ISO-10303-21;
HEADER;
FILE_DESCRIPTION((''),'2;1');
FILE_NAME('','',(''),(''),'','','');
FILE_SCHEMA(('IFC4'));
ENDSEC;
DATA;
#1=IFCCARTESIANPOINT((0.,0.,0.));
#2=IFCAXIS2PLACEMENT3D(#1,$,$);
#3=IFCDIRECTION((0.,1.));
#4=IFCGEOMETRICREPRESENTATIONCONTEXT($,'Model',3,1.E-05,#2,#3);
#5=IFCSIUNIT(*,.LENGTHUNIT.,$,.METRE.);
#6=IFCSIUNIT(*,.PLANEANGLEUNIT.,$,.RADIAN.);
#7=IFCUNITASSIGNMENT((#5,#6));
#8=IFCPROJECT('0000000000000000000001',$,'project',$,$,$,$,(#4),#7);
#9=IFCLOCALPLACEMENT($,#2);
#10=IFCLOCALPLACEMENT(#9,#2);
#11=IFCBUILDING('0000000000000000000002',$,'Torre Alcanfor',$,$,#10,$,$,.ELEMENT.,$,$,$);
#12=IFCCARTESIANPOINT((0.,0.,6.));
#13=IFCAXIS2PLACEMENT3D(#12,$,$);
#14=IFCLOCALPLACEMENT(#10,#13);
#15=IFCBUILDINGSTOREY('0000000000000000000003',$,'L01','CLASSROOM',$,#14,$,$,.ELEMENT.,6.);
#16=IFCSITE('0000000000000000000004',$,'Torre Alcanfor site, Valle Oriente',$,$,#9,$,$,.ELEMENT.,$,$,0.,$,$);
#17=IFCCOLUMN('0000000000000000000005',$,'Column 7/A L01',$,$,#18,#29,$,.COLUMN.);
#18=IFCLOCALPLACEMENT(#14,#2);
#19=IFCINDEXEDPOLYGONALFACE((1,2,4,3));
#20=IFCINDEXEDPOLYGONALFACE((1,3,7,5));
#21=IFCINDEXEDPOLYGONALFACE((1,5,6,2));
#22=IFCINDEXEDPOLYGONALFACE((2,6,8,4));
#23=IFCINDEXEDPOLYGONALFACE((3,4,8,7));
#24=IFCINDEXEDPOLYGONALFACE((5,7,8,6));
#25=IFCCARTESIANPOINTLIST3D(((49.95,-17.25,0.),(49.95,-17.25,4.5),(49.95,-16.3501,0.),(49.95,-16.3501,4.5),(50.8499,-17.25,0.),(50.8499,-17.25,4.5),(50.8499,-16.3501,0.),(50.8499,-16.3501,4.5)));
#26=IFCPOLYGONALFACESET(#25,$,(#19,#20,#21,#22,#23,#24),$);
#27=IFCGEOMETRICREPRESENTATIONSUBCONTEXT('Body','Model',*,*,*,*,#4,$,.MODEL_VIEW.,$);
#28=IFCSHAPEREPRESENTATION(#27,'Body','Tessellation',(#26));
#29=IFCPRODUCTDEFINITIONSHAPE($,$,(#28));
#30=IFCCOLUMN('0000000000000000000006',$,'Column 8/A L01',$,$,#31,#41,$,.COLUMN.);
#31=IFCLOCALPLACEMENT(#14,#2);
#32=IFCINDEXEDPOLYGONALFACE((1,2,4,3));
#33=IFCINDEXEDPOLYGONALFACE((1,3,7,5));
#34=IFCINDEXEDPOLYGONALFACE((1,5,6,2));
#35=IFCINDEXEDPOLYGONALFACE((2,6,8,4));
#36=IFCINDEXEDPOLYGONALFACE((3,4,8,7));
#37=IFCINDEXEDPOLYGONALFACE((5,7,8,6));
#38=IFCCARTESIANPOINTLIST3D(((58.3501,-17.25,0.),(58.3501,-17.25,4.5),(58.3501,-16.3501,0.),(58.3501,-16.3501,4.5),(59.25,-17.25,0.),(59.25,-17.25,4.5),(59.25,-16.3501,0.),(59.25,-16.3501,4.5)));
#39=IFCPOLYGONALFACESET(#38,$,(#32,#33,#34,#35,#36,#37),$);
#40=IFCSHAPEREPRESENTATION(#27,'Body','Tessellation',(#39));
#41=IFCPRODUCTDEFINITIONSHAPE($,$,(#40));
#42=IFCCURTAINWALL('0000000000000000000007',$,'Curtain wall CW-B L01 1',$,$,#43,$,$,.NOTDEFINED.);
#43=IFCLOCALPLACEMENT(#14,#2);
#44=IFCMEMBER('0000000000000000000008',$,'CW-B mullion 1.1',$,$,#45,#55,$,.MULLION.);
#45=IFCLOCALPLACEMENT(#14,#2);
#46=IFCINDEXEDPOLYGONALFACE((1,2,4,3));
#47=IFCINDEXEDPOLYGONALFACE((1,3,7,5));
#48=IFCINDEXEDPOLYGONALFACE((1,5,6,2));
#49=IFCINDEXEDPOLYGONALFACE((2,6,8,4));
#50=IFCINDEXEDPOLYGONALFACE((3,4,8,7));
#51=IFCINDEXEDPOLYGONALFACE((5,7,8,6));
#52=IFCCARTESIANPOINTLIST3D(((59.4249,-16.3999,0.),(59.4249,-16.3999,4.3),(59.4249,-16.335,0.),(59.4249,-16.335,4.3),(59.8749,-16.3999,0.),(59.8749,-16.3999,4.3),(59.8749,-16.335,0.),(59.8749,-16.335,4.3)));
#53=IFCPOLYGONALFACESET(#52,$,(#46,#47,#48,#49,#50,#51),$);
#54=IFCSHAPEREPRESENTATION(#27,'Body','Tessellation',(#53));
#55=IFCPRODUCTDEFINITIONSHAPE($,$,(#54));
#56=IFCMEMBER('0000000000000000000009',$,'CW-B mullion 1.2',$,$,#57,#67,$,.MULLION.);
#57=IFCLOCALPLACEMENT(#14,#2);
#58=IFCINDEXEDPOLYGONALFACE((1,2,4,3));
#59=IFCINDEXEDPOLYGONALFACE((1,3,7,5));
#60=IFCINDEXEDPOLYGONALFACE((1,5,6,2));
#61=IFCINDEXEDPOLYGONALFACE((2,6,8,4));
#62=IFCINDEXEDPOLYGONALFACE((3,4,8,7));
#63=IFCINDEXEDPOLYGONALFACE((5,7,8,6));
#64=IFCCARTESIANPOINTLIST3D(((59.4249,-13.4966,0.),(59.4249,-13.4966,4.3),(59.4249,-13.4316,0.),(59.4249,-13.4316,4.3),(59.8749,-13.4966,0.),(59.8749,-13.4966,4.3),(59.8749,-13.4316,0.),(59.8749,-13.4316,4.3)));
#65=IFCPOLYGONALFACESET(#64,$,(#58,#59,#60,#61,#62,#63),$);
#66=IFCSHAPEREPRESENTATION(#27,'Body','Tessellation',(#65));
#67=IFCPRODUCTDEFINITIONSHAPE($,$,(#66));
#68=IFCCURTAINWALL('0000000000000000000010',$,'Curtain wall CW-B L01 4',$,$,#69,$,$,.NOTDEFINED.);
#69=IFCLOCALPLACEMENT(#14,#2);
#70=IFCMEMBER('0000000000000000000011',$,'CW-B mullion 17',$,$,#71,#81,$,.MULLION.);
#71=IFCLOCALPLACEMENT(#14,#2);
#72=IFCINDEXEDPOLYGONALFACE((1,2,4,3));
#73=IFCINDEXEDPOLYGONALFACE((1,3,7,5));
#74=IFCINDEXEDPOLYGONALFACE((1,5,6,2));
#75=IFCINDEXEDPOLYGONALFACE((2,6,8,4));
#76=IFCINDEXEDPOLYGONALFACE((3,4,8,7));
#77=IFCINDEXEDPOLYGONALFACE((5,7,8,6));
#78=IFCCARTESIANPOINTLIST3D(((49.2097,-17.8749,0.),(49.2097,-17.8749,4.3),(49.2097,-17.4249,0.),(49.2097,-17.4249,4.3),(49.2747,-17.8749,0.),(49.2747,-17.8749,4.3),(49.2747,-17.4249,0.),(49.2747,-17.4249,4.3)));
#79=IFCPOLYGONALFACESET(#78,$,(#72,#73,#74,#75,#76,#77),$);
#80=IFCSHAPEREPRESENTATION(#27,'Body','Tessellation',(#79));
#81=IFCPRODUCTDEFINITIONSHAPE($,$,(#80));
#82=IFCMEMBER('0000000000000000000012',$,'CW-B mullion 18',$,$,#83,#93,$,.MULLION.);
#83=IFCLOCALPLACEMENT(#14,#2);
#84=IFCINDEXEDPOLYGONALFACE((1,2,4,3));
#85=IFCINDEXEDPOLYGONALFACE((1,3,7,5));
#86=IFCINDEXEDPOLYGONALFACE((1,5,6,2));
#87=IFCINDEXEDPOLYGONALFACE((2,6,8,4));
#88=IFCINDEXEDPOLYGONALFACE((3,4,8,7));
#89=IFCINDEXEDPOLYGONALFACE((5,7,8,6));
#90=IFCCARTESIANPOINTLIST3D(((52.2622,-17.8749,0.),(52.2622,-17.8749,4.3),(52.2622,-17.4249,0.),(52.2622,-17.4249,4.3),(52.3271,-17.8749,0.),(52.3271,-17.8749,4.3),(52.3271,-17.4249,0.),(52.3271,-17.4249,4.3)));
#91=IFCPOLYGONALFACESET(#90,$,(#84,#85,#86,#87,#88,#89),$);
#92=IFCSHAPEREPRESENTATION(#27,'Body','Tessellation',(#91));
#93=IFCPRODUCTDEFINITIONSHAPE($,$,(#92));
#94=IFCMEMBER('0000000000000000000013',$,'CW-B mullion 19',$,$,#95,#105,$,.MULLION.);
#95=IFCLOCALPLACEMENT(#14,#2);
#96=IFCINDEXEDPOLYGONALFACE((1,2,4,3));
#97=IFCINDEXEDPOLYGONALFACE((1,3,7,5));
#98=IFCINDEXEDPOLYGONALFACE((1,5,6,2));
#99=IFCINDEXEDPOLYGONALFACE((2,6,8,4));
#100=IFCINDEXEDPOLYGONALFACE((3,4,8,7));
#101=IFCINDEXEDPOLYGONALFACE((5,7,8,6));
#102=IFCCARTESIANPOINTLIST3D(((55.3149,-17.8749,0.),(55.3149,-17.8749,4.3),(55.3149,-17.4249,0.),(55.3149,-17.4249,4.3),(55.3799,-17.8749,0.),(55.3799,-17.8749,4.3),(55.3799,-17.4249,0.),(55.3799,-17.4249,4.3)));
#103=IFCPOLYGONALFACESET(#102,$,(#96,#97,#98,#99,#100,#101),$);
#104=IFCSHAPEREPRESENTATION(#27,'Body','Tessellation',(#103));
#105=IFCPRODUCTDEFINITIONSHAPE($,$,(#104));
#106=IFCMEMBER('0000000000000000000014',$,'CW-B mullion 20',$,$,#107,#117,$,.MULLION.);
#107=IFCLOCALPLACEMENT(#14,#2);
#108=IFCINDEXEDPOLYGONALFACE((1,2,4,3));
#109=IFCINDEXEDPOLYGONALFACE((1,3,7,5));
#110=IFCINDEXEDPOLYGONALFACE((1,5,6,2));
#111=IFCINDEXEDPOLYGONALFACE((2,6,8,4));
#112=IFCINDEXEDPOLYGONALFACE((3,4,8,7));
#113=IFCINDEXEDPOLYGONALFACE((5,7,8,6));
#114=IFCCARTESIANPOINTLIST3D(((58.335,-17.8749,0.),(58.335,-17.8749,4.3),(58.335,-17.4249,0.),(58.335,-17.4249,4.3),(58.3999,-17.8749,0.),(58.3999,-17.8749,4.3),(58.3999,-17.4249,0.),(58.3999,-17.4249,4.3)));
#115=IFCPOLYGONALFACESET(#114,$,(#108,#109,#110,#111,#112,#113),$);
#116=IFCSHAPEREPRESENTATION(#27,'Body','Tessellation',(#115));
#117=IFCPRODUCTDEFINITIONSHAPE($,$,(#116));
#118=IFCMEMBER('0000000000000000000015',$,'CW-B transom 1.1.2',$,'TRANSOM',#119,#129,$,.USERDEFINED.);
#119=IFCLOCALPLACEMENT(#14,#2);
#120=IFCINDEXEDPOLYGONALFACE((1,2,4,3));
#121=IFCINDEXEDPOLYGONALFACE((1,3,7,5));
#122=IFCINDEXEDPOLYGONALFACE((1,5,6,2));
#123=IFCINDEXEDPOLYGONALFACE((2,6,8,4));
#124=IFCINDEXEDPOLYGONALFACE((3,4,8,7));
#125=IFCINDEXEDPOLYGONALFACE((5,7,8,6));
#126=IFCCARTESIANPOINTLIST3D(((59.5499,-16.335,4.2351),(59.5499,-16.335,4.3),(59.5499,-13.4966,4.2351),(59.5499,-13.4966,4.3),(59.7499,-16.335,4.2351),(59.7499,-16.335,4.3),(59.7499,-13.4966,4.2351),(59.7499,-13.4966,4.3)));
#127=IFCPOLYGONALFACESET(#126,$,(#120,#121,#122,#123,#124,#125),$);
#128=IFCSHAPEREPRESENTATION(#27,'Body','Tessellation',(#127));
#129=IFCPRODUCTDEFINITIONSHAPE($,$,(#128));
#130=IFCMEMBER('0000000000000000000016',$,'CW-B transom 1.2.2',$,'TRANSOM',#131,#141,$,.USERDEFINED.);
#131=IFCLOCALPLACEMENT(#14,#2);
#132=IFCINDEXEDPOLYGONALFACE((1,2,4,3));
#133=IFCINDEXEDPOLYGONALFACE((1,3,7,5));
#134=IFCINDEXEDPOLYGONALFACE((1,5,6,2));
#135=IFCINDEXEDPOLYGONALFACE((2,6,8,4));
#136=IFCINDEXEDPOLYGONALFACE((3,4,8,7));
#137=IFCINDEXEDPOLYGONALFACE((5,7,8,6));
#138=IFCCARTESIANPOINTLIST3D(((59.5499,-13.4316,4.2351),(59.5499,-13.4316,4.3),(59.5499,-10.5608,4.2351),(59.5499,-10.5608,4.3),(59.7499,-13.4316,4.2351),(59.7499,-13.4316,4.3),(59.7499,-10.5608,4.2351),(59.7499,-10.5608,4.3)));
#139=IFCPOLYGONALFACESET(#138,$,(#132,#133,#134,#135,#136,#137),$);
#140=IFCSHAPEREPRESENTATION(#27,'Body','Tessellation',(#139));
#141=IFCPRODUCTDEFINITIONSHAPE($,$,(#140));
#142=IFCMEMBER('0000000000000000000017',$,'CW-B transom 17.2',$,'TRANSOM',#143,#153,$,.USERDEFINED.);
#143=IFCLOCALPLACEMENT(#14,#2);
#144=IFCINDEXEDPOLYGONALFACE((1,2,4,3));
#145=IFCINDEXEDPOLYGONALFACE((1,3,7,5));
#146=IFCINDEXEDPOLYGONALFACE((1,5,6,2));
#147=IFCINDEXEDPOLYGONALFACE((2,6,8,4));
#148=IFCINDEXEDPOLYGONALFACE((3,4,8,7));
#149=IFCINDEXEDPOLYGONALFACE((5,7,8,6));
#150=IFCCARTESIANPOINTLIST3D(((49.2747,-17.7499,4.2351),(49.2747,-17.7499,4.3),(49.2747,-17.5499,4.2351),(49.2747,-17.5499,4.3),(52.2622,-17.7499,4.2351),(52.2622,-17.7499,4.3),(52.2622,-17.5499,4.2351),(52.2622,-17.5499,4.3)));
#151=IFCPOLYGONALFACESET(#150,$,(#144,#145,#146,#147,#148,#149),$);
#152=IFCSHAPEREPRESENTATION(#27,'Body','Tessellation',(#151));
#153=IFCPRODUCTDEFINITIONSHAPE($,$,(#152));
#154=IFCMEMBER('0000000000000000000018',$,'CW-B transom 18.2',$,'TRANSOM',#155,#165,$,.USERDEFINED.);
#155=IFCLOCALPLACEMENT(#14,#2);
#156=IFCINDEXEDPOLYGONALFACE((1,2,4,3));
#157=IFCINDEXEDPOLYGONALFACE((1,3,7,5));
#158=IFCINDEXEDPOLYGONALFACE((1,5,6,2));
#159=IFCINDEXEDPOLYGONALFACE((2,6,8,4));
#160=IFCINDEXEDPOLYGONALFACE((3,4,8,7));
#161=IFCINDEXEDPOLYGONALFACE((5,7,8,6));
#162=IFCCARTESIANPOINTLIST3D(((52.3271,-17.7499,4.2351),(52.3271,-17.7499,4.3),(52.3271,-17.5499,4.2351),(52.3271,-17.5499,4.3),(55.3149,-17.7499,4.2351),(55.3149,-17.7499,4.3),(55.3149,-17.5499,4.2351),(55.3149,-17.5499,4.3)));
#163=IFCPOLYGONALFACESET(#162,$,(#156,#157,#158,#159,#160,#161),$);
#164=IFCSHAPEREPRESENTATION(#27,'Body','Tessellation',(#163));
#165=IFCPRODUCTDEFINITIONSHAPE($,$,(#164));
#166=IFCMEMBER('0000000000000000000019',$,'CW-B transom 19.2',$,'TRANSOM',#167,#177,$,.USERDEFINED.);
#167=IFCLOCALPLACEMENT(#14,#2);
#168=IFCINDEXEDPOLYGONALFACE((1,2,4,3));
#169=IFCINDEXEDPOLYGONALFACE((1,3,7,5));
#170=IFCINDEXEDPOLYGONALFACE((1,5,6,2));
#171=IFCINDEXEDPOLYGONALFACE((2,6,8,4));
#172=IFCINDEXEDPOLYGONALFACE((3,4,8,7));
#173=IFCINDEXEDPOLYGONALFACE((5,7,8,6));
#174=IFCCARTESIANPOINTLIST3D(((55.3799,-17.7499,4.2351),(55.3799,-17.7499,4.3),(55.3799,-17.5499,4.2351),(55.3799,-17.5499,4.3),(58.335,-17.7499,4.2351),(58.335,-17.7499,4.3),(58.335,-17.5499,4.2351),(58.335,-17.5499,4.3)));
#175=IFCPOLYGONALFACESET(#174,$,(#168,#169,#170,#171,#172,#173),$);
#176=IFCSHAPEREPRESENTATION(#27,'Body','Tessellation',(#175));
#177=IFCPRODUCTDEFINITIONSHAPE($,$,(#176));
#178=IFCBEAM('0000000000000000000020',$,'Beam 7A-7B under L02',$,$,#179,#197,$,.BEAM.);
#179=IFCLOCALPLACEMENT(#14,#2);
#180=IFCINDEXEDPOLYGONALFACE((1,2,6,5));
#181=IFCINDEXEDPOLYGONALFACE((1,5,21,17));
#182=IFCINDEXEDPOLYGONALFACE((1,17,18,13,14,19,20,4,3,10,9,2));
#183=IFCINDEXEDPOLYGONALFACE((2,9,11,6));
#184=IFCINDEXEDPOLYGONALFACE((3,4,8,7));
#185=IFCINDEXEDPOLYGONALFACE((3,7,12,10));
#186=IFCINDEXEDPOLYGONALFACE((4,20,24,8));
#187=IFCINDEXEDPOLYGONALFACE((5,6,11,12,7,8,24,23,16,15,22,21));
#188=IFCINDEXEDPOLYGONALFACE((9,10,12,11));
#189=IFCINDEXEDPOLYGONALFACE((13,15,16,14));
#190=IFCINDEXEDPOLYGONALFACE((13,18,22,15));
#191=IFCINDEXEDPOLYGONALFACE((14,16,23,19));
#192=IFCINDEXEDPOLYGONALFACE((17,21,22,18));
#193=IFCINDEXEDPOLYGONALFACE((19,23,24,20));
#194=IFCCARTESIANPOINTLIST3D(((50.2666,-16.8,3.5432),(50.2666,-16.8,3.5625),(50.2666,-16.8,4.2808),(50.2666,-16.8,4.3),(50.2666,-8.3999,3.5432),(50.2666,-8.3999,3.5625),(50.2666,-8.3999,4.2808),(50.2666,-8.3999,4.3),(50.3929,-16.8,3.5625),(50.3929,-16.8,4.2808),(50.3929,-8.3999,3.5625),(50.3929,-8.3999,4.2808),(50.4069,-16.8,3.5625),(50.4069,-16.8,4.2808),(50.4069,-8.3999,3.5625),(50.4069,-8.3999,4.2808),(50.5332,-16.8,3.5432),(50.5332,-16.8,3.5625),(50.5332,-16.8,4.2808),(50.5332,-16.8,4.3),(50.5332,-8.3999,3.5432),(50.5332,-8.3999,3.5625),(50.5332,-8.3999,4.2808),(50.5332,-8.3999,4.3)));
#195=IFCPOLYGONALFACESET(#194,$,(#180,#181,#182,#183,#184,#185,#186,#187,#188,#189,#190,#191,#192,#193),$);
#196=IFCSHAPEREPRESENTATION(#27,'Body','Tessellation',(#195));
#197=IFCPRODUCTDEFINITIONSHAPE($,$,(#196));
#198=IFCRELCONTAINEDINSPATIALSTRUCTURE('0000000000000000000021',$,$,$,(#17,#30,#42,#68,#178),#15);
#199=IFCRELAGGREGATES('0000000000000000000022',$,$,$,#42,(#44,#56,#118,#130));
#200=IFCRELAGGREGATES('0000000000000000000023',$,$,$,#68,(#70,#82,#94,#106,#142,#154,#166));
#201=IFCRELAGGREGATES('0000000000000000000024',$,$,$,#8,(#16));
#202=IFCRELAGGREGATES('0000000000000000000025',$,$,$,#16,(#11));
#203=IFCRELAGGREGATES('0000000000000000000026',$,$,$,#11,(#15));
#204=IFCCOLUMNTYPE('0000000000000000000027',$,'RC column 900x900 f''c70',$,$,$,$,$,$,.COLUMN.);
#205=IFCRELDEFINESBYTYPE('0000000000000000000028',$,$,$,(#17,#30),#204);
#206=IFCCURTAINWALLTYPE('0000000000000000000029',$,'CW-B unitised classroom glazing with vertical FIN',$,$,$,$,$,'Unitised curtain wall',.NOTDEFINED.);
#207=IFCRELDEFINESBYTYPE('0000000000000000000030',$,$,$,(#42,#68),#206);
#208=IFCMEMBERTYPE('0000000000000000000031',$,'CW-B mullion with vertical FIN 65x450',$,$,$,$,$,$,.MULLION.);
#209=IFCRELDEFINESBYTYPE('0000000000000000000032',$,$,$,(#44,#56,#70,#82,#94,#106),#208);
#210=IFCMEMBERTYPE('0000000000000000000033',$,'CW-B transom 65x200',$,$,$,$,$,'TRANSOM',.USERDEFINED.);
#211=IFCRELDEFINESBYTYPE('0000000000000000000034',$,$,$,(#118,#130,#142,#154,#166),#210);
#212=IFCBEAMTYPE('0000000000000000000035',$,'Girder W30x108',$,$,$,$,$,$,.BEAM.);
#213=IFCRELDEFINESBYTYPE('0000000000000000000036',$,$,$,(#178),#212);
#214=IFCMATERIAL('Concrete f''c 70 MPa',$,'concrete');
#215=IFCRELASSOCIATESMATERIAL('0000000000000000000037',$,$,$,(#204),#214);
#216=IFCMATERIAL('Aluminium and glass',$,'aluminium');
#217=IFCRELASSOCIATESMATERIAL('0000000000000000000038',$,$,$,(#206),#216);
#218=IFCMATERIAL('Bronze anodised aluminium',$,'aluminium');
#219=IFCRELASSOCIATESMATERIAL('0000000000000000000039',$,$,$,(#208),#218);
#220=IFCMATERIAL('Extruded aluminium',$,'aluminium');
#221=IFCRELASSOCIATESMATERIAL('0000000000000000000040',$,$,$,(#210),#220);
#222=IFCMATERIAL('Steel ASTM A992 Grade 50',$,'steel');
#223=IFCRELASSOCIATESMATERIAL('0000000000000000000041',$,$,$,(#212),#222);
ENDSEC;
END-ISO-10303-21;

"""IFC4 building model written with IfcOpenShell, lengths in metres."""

from ifc_helpers import new_model, si_unit, direction, frame, origin, origin_2d, place, context, subcontext, project, spatial, rectangle, i_section, extrude, material, material_profile, profile_set, type_object, element, aggregate, save


model = new_model("IFC4")

# Units and contexts
model_context = context("Model", 3, precision=1e-05, world=origin(), true_north=direction((0.0, 1.0)))
body_context = subcontext(model_context, "Body", "Model", "MODEL_VIEW")
ifc_project = project(units=[si_unit("LENGTHUNIT", "METRE"), si_unit("PLANEANGLEUNIT", "RADIAN")], contexts=[model_context])

# Site, building, storey
site_placement = place(None, origin())
site = spatial("IfcSite", under=ifc_project, at=site_placement, Name="Torre Alcanfor site, Valle Oriente", CompositionType="ELEMENT", RefElevation=0.0)
building_placement = place(site_placement, origin())
building = spatial("IfcBuilding", under=site, at=building_placement, Name="Torre Alcanfor", CompositionType="ELEMENT")
storey_placement = place(building_placement, frame((0.0, 0.0, 6.0)))
storey = spatial("IfcBuildingStorey", under=building, at=storey_placement, Name="L01", Description="CLASSROOM", CompositionType="ELEMENT", Elevation=6.0)

# Columns
ifc_material_1 = material(Name="Concrete f'c 70 MPa", Category="concrete")
ifc_material_profile_1 = material_profile(ifc_material_1, rectangle(XDim=0.8999, YDim=0.8999, at=origin_2d()), Name="900x900")
ifc_profile_set_1 = profile_set([ifc_material_profile_1], Name="Concrete f'c 70 MPa")
column_type = type_object("IfcColumnType", Name="RC column 900x900 f'c70", PredefinedType="COLUMN", material=ifc_profile_set_1)
for number, where, z_axis, x_axis, name in (
    (1, (50.3999, -16.8, 0.0), (0.0, 0.0, 1.0), (1.0, 0.0, 0.0), "Column 7/A L01"),
    (2, (58.8, -16.8, 0.0), (0.0, 0.0, 1.0), (1.0, 0.0, 0.0), "Column 8/A L01"),
):
    element("IfcColumn", number, at=place(storey_placement, frame(where, z_axis=z_axis, x_axis=x_axis)), inside=storey, type_object=column_type, Name=name, PredefinedType="COLUMN", context=body_context, shape_type="SweptSolid", body=[
        extrude(rectangle(XDim=0.8999, YDim=0.8999, at=origin_2d()), origin(), (0.0, 0.0, 1.0), 4.5),
    ])

# Curtain walls, members
ifc_material_2 = material(Name="Aluminium and glass", Category="aluminium")
curtain_wall_type = type_object("IfcCurtainWallType", Name="CW-B unitised classroom glazing with vertical FIN", ElementType="Unitised curtain wall", PredefinedType="NOTDEFINED", material=ifc_material_2)
curtain_wall_1_placement = place(storey_placement, origin())
curtain_wall_1 = element("IfcCurtainWall", 3, at=curtain_wall_1_placement, inside=storey, type_object=curtain_wall_type, Name="Curtain wall CW-B L01 1", PredefinedType="NOTDEFINED")
ifc_material_3 = material(Name="Bronze anodised aluminium", Category="aluminium")
ifc_material_profile_2 = material_profile(ifc_material_3, rectangle(XDim=0.45, YDim=0.0649, at=origin_2d()), Name="CW-B mullion 65x450")
ifc_profile_set_2 = profile_set([ifc_material_profile_2], Name="Bronze anodised aluminium")
member_type_1 = type_object("IfcMemberType", Name="CW-B mullion with vertical FIN 65x450", PredefinedType="MULLION", material=ifc_profile_set_2)
member_1_placement = place(storey_placement, frame((59.6499, -16.3674, 0.0), z_axis=(0.0, 0.0, 1.0), x_axis=(-1.0, 0.0, 0.0)))
member_1 = element("IfcMember", 4, at=member_1_placement, type_object=member_type_1, Name="CW-B mullion 1.1", PredefinedType="MULLION", context=body_context, shape_type="SweptSolid", body=[
    extrude(rectangle(XDim=0.45, YDim=0.0649, at=origin_2d()), origin(), (0.0, 0.0, 1.0), 4.3),
])
member_2_placement = place(storey_placement, frame((59.6499, -13.4641, 0.0), z_axis=(0.0, 0.0, 1.0), x_axis=(-1.0, 0.0, 0.0)))
member_2 = element("IfcMember", 5, at=member_2_placement, type_object=member_type_1, Name="CW-B mullion 1.2", PredefinedType="MULLION", context=body_context, shape_type="SweptSolid", body=[
    extrude(rectangle(XDim=0.45, YDim=0.0649, at=origin_2d()), origin(), (0.0, 0.0, 1.0), 4.3),
])
curtain_wall_2_placement = place(storey_placement, origin())
curtain_wall_2 = element("IfcCurtainWall", 6, at=curtain_wall_2_placement, inside=storey, type_object=curtain_wall_type, Name="Curtain wall CW-B L01 4", PredefinedType="NOTDEFINED")
member_3_placement = place(storey_placement, frame((49.2422, -17.6499, 0.0), z_axis=(0.0, 0.0, 1.0), x_axis=(0.0, 1.0, 0.0)))
member_3 = element("IfcMember", 7, at=member_3_placement, type_object=member_type_1, Name="CW-B mullion 17", PredefinedType="MULLION", context=body_context, shape_type="SweptSolid", body=[
    extrude(rectangle(XDim=0.45, YDim=0.0649, at=origin_2d()), origin(), (0.0, 0.0, 1.0), 4.3),
])
member_4_placement = place(storey_placement, frame((52.2947, -17.6499, 0.0), z_axis=(0.0, 0.0, 1.0), x_axis=(0.0, 1.0, 0.0)))
member_4 = element("IfcMember", 8, at=member_4_placement, type_object=member_type_1, Name="CW-B mullion 18", PredefinedType="MULLION", context=body_context, shape_type="SweptSolid", body=[
    extrude(rectangle(XDim=0.45, YDim=0.0649, at=origin_2d()), origin(), (0.0, 0.0, 1.0), 4.3),
])
member_5_placement = place(storey_placement, frame((55.3474, -17.6499, 0.0), z_axis=(0.0, 0.0, 1.0), x_axis=(0.0, 1.0, 0.0)))
member_5 = element("IfcMember", 9, at=member_5_placement, type_object=member_type_1, Name="CW-B mullion 19", PredefinedType="MULLION", context=body_context, shape_type="SweptSolid", body=[
    extrude(rectangle(XDim=0.45, YDim=0.0649, at=origin_2d()), origin(), (0.0, 0.0, 1.0), 4.3),
])
member_6_placement = place(storey_placement, frame((58.3674, -17.6499, 0.0), z_axis=(0.0, 0.0, 1.0), x_axis=(0.0, 1.0, 0.0)))
member_6 = element("IfcMember", 10, at=member_6_placement, type_object=member_type_1, Name="CW-B mullion 20", PredefinedType="MULLION", context=body_context, shape_type="SweptSolid", body=[
    extrude(rectangle(XDim=0.45, YDim=0.0649, at=origin_2d()), origin(), (0.0, 0.0, 1.0), 4.3),
])

# Members
ifc_material_4 = material(Name="Extruded aluminium", Category="aluminium")
ifc_material_profile_3 = material_profile(ifc_material_4, rectangle(XDim=0.2, YDim=0.0649, at=origin_2d()), Name="CW-B transom 200x65")
ifc_profile_set_3 = profile_set([ifc_material_profile_3], Name="Extruded aluminium")
member_type_2 = type_object("IfcMemberType", Name="CW-B transom 65x200", ElementType="TRANSOM", PredefinedType="USERDEFINED", material=ifc_profile_set_3)
member_7_placement = place(storey_placement, frame((59.6499, -16.335, 4.2676), z_axis=(0.0, 1.0, 0.0), x_axis=(-1.0, 0.0, 0.0)))
member_7 = element("IfcMember", 11, at=member_7_placement, type_object=member_type_2, Name="CW-B transom 1.1.2", ObjectType="TRANSOM", PredefinedType="USERDEFINED", context=body_context, shape_type="SweptSolid", body=[
    extrude(rectangle(XDim=0.2, YDim=0.0649, at=origin_2d()), origin(), (0.0, 0.0, 1.0), 2.8384),
])
member_8_placement = place(storey_placement, frame((59.6499, -13.4316, 4.2676), z_axis=(0.0, 1.0, 0.0), x_axis=(-1.0, 0.0, 0.0)))
member_8 = element("IfcMember", 12, at=member_8_placement, type_object=member_type_2, Name="CW-B transom 1.2.2", ObjectType="TRANSOM", PredefinedType="USERDEFINED", context=body_context, shape_type="SweptSolid", body=[
    extrude(rectangle(XDim=0.2, YDim=0.0649, at=origin_2d()), origin(), (0.0, 0.0, 1.0), 2.8708),
])
member_9_placement = place(storey_placement, frame((49.2747, -17.6499, 4.2676), z_axis=(1.0, 0.0, 0.0), x_axis=(0.0, 1.0, 0.0)))
member_9 = element("IfcMember", 13, at=member_9_placement, type_object=member_type_2, Name="CW-B transom 17.2", ObjectType="TRANSOM", PredefinedType="USERDEFINED", context=body_context, shape_type="SweptSolid", body=[
    extrude(rectangle(XDim=0.2, YDim=0.0649, at=origin_2d()), origin(), (0.0, 0.0, 1.0), 2.9875),
])
member_10_placement = place(storey_placement, frame((52.3271, -17.6499, 4.2676), z_axis=(1.0, 0.0, 0.0), x_axis=(0.0, 1.0, 0.0)))
member_10 = element("IfcMember", 14, at=member_10_placement, type_object=member_type_2, Name="CW-B transom 18.2", ObjectType="TRANSOM", PredefinedType="USERDEFINED", context=body_context, shape_type="SweptSolid", body=[
    extrude(rectangle(XDim=0.2, YDim=0.0649, at=origin_2d()), origin(), (0.0, 0.0, 1.0), 2.9878),
])
member_11_placement = place(storey_placement, frame((55.3799, -17.6499, 4.2676), z_axis=(1.0, 0.0, 0.0), x_axis=(0.0, 1.0, 0.0)))
member_11 = element("IfcMember", 15, at=member_11_placement, type_object=member_type_2, Name="CW-B transom 19.2", ObjectType="TRANSOM", PredefinedType="USERDEFINED", context=body_context, shape_type="SweptSolid", body=[
    extrude(rectangle(XDim=0.2, YDim=0.0649, at=origin_2d()), origin(), (0.0, 0.0, 1.0), 2.9551),
])

# Beam
ifc_material_5 = material(Name="Steel ASTM A992 Grade 50", Category="steel")
ifc_material_profile_4 = material_profile(ifc_material_5, i_section(OverallWidth=0.2666, OverallDepth=0.7568, WebThickness=0.0139, FlangeThickness=0.0193, at=origin_2d()), Name="W30x108")
ifc_profile_set_4 = profile_set([ifc_material_profile_4], Name="Steel ASTM A992 Grade 50")
beam_type_1 = type_object("IfcBeamType", Name="Girder W30x108", PredefinedType="BEAM", material=ifc_profile_set_4)
beam_1_placement = place(storey_placement, frame((50.3999, -16.8, 3.9216), z_axis=(0.0, 1.0, 0.0), x_axis=(-1.0, 0.0, 0.0)))
element("IfcBeam", 16, at=beam_1_placement, inside=storey, type_object=beam_type_1, Name="Beam 7A-7B under L02", PredefinedType="BEAM", context=body_context, shape_type="SweptSolid", body=[
    extrude(i_section(OverallWidth=0.2666, OverallDepth=0.7568, WebThickness=0.0139, FlangeThickness=0.0193, at=origin_2d()), origin(), (0.0, 0.0, 1.0), 8.4001),
])

aggregate(curtain_wall_1, [member_1, member_2, member_7, member_8])
aggregate(curtain_wall_2, [member_3, member_4, member_5, member_6, member_9, member_10, member_11])

save(model, "model.ifc")
